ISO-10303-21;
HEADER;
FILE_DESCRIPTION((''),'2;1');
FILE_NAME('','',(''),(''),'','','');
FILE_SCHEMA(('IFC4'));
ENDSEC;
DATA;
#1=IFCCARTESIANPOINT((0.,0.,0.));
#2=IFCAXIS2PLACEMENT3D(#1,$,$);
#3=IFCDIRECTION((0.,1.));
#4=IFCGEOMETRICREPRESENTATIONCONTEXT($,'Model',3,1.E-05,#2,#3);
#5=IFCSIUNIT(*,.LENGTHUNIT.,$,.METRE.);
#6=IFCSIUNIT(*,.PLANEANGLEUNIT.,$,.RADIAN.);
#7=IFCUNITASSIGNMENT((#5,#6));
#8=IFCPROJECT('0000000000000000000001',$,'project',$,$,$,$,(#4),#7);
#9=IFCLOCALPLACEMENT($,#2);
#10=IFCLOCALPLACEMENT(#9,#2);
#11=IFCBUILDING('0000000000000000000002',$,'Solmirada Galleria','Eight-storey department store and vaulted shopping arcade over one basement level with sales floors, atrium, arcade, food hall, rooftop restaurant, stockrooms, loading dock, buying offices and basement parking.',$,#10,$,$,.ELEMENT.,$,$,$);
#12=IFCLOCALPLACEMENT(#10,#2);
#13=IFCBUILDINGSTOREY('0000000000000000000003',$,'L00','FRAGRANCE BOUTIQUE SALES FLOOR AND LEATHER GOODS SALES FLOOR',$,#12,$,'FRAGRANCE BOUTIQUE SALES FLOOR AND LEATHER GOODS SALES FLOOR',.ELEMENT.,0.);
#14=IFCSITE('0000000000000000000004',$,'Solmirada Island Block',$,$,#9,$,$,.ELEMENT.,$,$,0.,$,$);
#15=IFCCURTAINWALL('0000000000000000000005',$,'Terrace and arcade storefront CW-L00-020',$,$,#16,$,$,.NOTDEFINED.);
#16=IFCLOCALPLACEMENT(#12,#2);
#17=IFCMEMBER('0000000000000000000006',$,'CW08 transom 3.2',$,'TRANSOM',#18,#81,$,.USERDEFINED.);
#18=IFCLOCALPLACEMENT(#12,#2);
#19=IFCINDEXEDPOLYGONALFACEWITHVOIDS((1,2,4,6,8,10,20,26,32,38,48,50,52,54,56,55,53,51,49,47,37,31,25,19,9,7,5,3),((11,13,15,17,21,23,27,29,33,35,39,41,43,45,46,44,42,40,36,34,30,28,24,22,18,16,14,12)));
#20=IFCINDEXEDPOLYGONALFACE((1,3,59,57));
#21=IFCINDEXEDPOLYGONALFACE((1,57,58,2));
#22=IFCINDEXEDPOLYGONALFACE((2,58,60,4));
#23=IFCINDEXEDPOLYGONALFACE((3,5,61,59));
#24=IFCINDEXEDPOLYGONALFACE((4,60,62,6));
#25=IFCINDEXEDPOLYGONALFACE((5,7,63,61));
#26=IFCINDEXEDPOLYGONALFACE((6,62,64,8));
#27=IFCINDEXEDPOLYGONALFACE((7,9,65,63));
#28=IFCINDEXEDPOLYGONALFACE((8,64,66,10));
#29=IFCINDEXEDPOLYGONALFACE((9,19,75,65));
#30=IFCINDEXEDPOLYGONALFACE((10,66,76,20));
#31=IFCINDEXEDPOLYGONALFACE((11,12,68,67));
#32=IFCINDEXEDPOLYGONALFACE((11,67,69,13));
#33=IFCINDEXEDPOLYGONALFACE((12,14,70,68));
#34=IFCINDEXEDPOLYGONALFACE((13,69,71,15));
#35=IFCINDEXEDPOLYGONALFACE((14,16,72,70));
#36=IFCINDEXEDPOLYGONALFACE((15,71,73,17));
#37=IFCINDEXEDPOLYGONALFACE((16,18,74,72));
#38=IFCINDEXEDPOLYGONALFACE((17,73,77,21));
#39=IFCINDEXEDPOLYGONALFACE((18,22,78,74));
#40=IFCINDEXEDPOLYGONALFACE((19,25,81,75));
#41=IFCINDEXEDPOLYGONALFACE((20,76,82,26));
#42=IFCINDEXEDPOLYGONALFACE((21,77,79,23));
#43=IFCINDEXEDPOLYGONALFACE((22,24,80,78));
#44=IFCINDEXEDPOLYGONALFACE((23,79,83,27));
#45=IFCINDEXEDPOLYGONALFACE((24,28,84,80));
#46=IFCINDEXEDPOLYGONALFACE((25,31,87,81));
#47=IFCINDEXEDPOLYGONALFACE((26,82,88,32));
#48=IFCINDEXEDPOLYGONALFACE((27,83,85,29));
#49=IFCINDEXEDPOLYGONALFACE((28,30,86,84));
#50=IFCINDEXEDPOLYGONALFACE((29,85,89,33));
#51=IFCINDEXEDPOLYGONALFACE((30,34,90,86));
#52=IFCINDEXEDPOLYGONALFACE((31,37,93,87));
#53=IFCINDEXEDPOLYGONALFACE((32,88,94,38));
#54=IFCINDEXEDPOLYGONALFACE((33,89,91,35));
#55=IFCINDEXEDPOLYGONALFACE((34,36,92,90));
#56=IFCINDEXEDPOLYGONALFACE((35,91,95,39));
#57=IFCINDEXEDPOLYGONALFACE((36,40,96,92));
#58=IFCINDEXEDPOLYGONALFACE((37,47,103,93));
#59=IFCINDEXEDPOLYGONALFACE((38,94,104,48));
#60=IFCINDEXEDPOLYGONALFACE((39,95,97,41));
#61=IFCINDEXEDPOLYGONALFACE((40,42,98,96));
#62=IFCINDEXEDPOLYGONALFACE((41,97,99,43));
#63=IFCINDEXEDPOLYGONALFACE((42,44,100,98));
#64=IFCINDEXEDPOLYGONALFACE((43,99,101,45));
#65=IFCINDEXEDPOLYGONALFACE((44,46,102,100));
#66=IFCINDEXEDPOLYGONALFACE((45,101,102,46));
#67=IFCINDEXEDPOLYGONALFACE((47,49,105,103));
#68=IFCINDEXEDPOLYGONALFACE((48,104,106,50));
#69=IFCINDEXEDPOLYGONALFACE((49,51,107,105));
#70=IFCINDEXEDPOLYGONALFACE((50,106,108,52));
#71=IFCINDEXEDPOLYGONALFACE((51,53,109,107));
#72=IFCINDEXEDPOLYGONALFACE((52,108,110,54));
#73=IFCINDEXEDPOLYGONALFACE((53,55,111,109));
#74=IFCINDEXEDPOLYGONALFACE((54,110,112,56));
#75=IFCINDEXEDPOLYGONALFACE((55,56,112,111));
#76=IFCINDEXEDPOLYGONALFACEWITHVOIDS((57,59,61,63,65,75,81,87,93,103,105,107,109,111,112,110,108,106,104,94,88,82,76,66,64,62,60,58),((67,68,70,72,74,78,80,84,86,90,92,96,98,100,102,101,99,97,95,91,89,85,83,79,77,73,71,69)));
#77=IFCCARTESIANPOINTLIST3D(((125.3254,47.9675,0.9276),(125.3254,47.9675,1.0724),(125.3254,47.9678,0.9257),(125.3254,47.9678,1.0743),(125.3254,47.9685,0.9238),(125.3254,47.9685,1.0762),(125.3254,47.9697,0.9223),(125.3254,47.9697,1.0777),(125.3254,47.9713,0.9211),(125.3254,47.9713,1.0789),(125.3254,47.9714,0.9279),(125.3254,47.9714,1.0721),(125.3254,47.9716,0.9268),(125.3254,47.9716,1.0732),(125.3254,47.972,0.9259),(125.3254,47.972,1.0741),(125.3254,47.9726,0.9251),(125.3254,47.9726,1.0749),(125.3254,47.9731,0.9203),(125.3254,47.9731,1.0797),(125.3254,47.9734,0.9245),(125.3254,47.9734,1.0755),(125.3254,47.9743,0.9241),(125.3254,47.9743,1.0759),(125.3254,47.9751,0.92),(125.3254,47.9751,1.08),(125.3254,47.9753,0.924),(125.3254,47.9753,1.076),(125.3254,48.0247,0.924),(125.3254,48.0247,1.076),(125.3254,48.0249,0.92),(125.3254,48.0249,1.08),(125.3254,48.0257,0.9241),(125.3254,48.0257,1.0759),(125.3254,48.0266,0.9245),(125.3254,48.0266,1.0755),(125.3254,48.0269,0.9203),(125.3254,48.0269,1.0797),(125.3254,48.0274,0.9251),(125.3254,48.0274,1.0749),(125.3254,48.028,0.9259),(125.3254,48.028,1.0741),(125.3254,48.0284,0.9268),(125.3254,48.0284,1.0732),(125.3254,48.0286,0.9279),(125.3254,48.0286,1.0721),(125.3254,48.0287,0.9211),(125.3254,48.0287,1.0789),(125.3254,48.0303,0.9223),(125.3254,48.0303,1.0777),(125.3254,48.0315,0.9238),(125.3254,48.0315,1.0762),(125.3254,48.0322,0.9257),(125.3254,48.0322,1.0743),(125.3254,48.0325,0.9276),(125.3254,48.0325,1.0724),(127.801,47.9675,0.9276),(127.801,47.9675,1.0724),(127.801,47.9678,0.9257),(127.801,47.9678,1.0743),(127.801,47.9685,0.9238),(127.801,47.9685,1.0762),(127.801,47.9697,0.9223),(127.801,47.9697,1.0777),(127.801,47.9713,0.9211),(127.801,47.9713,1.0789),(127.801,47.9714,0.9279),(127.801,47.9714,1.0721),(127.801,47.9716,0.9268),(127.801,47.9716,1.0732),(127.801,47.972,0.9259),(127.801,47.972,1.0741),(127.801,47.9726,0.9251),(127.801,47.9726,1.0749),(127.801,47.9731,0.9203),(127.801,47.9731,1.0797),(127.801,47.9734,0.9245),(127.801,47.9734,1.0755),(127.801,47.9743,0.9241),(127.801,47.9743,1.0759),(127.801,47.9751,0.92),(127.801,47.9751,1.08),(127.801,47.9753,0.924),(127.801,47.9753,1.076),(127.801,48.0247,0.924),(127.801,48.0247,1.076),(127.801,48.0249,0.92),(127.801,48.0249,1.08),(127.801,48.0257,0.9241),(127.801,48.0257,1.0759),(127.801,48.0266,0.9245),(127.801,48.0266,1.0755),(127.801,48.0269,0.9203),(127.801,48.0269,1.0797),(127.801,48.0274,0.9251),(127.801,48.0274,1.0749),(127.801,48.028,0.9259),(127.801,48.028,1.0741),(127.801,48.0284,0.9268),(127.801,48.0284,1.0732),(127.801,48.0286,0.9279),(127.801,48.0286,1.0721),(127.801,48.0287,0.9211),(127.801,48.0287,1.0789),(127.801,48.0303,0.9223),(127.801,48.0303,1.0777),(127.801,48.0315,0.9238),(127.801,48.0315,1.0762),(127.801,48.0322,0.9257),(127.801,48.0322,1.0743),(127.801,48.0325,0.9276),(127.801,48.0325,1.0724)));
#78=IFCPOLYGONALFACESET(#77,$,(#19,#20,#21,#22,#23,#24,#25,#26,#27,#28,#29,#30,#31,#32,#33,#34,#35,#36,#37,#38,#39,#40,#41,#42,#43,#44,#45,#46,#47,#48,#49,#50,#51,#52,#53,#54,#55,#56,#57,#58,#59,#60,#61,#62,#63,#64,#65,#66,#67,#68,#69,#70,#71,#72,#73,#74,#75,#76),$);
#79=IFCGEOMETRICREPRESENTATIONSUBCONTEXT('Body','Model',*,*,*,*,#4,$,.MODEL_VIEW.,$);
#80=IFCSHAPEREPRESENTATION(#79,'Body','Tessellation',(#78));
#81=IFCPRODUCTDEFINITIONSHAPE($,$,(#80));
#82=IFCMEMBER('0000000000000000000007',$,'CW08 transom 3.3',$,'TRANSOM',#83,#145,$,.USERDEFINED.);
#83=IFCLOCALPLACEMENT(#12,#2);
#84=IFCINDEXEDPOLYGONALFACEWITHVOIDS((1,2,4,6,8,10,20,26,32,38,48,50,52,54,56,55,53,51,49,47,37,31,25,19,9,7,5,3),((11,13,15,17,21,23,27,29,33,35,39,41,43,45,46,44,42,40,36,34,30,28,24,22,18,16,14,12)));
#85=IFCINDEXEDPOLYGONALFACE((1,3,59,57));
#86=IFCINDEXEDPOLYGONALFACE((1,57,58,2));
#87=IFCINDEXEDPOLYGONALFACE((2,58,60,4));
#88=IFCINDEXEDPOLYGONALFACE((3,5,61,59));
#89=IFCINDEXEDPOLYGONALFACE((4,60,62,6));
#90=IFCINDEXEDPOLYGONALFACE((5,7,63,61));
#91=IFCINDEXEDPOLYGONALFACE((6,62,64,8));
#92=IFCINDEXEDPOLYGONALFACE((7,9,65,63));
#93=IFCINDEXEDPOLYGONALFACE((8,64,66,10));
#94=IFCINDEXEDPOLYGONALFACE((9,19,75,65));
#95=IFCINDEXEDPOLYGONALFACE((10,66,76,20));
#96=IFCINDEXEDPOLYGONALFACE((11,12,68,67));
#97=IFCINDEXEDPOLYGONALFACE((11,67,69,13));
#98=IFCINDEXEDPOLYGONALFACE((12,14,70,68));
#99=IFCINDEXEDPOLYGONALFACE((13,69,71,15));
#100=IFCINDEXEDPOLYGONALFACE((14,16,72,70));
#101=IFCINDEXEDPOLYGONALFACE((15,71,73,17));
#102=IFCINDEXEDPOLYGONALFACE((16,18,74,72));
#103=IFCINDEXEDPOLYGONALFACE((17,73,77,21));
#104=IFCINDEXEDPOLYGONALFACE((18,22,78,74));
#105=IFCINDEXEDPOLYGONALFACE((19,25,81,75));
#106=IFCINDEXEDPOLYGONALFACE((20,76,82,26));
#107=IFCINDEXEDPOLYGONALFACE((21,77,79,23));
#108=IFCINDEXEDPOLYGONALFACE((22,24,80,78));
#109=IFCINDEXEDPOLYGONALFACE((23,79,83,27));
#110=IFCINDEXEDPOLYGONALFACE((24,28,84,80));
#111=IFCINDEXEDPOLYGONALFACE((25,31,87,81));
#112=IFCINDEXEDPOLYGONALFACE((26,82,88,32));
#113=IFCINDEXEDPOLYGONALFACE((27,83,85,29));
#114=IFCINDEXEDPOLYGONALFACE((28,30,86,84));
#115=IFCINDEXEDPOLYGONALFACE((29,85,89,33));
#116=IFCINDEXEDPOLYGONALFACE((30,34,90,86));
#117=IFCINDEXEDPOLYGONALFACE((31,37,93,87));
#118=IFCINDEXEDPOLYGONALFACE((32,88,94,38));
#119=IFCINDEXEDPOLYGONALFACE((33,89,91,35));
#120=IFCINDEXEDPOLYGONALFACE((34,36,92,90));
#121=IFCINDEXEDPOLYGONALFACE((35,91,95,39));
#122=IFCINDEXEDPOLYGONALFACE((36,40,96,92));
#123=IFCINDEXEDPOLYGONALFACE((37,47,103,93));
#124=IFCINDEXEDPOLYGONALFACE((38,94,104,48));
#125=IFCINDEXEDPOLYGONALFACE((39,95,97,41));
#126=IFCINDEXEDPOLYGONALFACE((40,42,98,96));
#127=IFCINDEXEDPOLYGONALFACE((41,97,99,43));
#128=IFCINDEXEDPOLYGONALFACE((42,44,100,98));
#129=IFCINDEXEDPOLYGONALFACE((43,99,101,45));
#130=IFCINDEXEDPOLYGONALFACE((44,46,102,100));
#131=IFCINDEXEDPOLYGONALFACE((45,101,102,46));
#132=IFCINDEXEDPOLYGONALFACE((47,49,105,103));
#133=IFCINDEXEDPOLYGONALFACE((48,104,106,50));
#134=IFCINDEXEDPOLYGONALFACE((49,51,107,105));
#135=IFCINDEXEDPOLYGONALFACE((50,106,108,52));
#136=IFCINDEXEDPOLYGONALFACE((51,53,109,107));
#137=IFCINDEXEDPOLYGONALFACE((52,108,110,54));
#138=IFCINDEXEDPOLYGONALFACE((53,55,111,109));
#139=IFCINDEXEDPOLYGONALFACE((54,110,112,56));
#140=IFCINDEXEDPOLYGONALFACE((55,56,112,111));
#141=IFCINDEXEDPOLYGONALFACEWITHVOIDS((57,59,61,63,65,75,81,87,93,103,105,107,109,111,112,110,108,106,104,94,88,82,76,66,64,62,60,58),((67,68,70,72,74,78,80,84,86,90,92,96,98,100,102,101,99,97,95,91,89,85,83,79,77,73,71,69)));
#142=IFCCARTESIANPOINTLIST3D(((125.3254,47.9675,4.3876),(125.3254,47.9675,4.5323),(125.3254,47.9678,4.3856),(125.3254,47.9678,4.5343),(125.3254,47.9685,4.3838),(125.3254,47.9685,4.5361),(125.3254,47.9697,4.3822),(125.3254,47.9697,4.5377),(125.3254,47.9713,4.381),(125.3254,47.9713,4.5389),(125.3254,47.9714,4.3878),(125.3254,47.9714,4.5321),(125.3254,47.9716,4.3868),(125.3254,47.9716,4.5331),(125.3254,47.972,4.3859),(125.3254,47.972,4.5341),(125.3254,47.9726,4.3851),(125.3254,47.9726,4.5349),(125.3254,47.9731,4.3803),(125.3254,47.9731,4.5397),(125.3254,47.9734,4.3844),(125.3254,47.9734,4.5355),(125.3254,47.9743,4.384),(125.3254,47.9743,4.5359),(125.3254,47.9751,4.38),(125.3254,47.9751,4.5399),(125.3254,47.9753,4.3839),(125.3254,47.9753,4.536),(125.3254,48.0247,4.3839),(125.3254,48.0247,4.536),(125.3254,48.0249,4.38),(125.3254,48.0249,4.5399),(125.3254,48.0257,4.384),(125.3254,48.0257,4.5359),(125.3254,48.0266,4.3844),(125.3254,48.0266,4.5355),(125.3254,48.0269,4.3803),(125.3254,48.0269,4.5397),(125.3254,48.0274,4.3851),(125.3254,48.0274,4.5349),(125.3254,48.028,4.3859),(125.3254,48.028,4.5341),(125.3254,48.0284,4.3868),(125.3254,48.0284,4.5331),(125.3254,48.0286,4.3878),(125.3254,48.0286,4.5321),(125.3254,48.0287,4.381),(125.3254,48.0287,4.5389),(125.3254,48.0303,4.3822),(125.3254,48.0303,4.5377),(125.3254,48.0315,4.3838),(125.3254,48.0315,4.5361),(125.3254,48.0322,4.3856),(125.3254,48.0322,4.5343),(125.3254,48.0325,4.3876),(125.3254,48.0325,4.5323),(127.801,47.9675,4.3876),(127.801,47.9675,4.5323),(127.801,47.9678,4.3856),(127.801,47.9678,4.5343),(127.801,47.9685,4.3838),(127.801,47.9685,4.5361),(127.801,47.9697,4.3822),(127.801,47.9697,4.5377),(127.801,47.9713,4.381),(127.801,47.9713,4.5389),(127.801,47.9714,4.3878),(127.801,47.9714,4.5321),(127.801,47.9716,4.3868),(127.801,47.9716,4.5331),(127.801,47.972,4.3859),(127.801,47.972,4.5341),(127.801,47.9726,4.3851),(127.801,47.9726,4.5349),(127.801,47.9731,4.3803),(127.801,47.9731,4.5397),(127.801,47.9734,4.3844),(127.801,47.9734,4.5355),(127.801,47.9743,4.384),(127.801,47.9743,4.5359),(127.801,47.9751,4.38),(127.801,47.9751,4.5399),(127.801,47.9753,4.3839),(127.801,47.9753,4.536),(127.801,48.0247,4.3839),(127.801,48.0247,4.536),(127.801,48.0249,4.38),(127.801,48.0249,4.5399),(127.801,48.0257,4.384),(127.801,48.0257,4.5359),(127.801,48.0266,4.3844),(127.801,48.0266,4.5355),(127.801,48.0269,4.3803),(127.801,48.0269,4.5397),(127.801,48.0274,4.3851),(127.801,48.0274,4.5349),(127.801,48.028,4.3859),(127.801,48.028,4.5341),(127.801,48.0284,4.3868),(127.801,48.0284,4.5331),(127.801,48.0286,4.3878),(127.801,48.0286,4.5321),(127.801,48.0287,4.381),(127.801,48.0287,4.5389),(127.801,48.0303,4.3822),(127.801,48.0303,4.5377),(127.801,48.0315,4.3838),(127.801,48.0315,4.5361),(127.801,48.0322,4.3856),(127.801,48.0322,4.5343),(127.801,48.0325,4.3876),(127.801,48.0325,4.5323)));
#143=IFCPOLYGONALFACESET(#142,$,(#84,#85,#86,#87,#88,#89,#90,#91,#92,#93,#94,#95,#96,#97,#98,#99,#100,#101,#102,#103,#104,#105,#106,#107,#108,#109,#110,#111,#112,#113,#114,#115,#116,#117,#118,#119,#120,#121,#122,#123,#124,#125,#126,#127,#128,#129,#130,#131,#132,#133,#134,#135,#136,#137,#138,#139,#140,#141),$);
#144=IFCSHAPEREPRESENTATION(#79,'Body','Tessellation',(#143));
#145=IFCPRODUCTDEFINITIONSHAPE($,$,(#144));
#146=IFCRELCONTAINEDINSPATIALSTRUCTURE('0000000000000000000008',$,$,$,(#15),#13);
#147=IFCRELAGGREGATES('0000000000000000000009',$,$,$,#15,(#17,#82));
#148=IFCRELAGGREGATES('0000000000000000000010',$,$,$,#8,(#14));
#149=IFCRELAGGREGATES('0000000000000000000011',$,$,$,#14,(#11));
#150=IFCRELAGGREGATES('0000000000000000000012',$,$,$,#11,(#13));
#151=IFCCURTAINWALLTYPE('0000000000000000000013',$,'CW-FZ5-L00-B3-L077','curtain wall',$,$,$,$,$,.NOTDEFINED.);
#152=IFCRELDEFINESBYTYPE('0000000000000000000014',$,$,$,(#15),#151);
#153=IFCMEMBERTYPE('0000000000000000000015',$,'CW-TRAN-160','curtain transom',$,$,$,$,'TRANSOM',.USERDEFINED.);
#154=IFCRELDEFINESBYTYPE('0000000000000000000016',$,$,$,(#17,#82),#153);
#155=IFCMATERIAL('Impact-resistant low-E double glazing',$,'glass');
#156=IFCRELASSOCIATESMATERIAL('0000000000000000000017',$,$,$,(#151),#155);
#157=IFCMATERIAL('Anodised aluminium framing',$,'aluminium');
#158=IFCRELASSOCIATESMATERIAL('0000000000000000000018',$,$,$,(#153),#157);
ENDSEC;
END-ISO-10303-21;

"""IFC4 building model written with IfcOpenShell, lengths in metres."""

from ifc_helpers import new_model, si_unit, direction, frame, origin, origin_2d, place, context, subcontext, project, spatial, hollow_rectangle, extrude, material, material_profile, profile_set, type_object, element, aggregate, save


model = new_model("IFC4")

# Units and contexts
model_context = context("Model", 3, precision=1e-05, world=origin(), true_north=direction((0.0, 1.0)))
body_context = subcontext(model_context, "Body", "Model", "MODEL_VIEW")
ifc_project = project(units=[si_unit("LENGTHUNIT", "METRE"), si_unit("PLANEANGLEUNIT", "RADIAN")], contexts=[model_context])

# Site, building, storey
site_placement = place(None, origin())
site = spatial("IfcSite", under=ifc_project, at=site_placement, Name="Solmirada Island Block", CompositionType="ELEMENT", RefElevation=0.0)
building_placement = place(site_placement, origin())
building = spatial("IfcBuilding", under=site, at=building_placement, Name="Solmirada Galleria", Description="Eight-storey department store and vaulted shopping arcade over one basement level with sales floors, atrium, arcade, food hall, rooftop restaurant, stockrooms, loading dock, buying offices and basement parking.", CompositionType="ELEMENT")
storey_placement = place(building_placement, origin())
storey = spatial("IfcBuildingStorey", under=building, at=storey_placement, Name="L00", Description="FRAGRANCE BOUTIQUE SALES FLOOR AND LEATHER GOODS SALES FLOOR", LongName="FRAGRANCE BOUTIQUE SALES FLOOR AND LEATHER GOODS SALES FLOOR", CompositionType="ELEMENT", Elevation=0.0)

# Curtain wall
ifc_material_1 = material(Name="Impact-resistant low-E double glazing", Category="glass")
curtain_wall_type = type_object("IfcCurtainWallType", Name="CW-FZ5-L00-B3-L077", Description="curtain wall", PredefinedType="NOTDEFINED", material=ifc_material_1)
curtain_wall_1_placement = place(storey_placement, origin())
curtain_wall_1 = element("IfcCurtainWall", 1, at=curtain_wall_1_placement, inside=storey, type_object=curtain_wall_type, Name="Terrace and arcade storefront CW-L00-020", PredefinedType="NOTDEFINED")
ifc_material_2 = material(Name="Anodised aluminium framing", Category="aluminium")

# Members
ifc_material_profile_1 = material_profile(ifc_material_2, hollow_rectangle(XDim=0.0649, YDim=0.1599, WallThickness=0.0039, InnerFilletRadius=0.0039, OuterFilletRadius=0.0076, at=origin_2d()), Name="ALU-TRAN-160X65")
ifc_profile_set_1 = profile_set([ifc_material_profile_1], Name="Anodised aluminium framing")
member_type_1 = type_object("IfcMemberType", Name="CW-TRAN-160", Description="curtain transom", ElementType="TRANSOM", PredefinedType="USERDEFINED", material=ifc_profile_set_1)
member_1_placement = place(storey_placement, frame((125.3254, 48.0, 1.0), z_axis=(1.0, 0.0, 0.0), x_axis=(0.0, 1.0, 0.0)))
member_1 = element("IfcMember", 2, at=member_1_placement, type_object=member_type_1, Name="CW08 transom 3.2", ObjectType="TRANSOM", PredefinedType="USERDEFINED", context=body_context, shape_type="SweptSolid", body=[
    extrude(hollow_rectangle(XDim=0.0649, YDim=0.1599, WallThickness=0.0039, InnerFilletRadius=0.0039, OuterFilletRadius=0.0076, at=origin_2d()), origin(), (0.0, 0.0, 1.0), 2.4756),
])
member_2_placement = place(storey_placement, frame((125.3254, 48.0, 4.46), z_axis=(1.0, 0.0, 0.0), x_axis=(0.0, 1.0, 0.0)))
member_2 = element("IfcMember", 3, at=member_2_placement, type_object=member_type_1, Name="CW08 transom 3.3", ObjectType="TRANSOM", PredefinedType="USERDEFINED", context=body_context, shape_type="SweptSolid", body=[
    extrude(hollow_rectangle(XDim=0.0649, YDim=0.1599, WallThickness=0.0039, InnerFilletRadius=0.0039, OuterFilletRadius=0.0076, at=origin_2d()), origin(), (0.0, 0.0, 1.0), 2.4756),
])

aggregate(curtain_wall_1, [member_1, member_2])

save(model, "model.ifc")
